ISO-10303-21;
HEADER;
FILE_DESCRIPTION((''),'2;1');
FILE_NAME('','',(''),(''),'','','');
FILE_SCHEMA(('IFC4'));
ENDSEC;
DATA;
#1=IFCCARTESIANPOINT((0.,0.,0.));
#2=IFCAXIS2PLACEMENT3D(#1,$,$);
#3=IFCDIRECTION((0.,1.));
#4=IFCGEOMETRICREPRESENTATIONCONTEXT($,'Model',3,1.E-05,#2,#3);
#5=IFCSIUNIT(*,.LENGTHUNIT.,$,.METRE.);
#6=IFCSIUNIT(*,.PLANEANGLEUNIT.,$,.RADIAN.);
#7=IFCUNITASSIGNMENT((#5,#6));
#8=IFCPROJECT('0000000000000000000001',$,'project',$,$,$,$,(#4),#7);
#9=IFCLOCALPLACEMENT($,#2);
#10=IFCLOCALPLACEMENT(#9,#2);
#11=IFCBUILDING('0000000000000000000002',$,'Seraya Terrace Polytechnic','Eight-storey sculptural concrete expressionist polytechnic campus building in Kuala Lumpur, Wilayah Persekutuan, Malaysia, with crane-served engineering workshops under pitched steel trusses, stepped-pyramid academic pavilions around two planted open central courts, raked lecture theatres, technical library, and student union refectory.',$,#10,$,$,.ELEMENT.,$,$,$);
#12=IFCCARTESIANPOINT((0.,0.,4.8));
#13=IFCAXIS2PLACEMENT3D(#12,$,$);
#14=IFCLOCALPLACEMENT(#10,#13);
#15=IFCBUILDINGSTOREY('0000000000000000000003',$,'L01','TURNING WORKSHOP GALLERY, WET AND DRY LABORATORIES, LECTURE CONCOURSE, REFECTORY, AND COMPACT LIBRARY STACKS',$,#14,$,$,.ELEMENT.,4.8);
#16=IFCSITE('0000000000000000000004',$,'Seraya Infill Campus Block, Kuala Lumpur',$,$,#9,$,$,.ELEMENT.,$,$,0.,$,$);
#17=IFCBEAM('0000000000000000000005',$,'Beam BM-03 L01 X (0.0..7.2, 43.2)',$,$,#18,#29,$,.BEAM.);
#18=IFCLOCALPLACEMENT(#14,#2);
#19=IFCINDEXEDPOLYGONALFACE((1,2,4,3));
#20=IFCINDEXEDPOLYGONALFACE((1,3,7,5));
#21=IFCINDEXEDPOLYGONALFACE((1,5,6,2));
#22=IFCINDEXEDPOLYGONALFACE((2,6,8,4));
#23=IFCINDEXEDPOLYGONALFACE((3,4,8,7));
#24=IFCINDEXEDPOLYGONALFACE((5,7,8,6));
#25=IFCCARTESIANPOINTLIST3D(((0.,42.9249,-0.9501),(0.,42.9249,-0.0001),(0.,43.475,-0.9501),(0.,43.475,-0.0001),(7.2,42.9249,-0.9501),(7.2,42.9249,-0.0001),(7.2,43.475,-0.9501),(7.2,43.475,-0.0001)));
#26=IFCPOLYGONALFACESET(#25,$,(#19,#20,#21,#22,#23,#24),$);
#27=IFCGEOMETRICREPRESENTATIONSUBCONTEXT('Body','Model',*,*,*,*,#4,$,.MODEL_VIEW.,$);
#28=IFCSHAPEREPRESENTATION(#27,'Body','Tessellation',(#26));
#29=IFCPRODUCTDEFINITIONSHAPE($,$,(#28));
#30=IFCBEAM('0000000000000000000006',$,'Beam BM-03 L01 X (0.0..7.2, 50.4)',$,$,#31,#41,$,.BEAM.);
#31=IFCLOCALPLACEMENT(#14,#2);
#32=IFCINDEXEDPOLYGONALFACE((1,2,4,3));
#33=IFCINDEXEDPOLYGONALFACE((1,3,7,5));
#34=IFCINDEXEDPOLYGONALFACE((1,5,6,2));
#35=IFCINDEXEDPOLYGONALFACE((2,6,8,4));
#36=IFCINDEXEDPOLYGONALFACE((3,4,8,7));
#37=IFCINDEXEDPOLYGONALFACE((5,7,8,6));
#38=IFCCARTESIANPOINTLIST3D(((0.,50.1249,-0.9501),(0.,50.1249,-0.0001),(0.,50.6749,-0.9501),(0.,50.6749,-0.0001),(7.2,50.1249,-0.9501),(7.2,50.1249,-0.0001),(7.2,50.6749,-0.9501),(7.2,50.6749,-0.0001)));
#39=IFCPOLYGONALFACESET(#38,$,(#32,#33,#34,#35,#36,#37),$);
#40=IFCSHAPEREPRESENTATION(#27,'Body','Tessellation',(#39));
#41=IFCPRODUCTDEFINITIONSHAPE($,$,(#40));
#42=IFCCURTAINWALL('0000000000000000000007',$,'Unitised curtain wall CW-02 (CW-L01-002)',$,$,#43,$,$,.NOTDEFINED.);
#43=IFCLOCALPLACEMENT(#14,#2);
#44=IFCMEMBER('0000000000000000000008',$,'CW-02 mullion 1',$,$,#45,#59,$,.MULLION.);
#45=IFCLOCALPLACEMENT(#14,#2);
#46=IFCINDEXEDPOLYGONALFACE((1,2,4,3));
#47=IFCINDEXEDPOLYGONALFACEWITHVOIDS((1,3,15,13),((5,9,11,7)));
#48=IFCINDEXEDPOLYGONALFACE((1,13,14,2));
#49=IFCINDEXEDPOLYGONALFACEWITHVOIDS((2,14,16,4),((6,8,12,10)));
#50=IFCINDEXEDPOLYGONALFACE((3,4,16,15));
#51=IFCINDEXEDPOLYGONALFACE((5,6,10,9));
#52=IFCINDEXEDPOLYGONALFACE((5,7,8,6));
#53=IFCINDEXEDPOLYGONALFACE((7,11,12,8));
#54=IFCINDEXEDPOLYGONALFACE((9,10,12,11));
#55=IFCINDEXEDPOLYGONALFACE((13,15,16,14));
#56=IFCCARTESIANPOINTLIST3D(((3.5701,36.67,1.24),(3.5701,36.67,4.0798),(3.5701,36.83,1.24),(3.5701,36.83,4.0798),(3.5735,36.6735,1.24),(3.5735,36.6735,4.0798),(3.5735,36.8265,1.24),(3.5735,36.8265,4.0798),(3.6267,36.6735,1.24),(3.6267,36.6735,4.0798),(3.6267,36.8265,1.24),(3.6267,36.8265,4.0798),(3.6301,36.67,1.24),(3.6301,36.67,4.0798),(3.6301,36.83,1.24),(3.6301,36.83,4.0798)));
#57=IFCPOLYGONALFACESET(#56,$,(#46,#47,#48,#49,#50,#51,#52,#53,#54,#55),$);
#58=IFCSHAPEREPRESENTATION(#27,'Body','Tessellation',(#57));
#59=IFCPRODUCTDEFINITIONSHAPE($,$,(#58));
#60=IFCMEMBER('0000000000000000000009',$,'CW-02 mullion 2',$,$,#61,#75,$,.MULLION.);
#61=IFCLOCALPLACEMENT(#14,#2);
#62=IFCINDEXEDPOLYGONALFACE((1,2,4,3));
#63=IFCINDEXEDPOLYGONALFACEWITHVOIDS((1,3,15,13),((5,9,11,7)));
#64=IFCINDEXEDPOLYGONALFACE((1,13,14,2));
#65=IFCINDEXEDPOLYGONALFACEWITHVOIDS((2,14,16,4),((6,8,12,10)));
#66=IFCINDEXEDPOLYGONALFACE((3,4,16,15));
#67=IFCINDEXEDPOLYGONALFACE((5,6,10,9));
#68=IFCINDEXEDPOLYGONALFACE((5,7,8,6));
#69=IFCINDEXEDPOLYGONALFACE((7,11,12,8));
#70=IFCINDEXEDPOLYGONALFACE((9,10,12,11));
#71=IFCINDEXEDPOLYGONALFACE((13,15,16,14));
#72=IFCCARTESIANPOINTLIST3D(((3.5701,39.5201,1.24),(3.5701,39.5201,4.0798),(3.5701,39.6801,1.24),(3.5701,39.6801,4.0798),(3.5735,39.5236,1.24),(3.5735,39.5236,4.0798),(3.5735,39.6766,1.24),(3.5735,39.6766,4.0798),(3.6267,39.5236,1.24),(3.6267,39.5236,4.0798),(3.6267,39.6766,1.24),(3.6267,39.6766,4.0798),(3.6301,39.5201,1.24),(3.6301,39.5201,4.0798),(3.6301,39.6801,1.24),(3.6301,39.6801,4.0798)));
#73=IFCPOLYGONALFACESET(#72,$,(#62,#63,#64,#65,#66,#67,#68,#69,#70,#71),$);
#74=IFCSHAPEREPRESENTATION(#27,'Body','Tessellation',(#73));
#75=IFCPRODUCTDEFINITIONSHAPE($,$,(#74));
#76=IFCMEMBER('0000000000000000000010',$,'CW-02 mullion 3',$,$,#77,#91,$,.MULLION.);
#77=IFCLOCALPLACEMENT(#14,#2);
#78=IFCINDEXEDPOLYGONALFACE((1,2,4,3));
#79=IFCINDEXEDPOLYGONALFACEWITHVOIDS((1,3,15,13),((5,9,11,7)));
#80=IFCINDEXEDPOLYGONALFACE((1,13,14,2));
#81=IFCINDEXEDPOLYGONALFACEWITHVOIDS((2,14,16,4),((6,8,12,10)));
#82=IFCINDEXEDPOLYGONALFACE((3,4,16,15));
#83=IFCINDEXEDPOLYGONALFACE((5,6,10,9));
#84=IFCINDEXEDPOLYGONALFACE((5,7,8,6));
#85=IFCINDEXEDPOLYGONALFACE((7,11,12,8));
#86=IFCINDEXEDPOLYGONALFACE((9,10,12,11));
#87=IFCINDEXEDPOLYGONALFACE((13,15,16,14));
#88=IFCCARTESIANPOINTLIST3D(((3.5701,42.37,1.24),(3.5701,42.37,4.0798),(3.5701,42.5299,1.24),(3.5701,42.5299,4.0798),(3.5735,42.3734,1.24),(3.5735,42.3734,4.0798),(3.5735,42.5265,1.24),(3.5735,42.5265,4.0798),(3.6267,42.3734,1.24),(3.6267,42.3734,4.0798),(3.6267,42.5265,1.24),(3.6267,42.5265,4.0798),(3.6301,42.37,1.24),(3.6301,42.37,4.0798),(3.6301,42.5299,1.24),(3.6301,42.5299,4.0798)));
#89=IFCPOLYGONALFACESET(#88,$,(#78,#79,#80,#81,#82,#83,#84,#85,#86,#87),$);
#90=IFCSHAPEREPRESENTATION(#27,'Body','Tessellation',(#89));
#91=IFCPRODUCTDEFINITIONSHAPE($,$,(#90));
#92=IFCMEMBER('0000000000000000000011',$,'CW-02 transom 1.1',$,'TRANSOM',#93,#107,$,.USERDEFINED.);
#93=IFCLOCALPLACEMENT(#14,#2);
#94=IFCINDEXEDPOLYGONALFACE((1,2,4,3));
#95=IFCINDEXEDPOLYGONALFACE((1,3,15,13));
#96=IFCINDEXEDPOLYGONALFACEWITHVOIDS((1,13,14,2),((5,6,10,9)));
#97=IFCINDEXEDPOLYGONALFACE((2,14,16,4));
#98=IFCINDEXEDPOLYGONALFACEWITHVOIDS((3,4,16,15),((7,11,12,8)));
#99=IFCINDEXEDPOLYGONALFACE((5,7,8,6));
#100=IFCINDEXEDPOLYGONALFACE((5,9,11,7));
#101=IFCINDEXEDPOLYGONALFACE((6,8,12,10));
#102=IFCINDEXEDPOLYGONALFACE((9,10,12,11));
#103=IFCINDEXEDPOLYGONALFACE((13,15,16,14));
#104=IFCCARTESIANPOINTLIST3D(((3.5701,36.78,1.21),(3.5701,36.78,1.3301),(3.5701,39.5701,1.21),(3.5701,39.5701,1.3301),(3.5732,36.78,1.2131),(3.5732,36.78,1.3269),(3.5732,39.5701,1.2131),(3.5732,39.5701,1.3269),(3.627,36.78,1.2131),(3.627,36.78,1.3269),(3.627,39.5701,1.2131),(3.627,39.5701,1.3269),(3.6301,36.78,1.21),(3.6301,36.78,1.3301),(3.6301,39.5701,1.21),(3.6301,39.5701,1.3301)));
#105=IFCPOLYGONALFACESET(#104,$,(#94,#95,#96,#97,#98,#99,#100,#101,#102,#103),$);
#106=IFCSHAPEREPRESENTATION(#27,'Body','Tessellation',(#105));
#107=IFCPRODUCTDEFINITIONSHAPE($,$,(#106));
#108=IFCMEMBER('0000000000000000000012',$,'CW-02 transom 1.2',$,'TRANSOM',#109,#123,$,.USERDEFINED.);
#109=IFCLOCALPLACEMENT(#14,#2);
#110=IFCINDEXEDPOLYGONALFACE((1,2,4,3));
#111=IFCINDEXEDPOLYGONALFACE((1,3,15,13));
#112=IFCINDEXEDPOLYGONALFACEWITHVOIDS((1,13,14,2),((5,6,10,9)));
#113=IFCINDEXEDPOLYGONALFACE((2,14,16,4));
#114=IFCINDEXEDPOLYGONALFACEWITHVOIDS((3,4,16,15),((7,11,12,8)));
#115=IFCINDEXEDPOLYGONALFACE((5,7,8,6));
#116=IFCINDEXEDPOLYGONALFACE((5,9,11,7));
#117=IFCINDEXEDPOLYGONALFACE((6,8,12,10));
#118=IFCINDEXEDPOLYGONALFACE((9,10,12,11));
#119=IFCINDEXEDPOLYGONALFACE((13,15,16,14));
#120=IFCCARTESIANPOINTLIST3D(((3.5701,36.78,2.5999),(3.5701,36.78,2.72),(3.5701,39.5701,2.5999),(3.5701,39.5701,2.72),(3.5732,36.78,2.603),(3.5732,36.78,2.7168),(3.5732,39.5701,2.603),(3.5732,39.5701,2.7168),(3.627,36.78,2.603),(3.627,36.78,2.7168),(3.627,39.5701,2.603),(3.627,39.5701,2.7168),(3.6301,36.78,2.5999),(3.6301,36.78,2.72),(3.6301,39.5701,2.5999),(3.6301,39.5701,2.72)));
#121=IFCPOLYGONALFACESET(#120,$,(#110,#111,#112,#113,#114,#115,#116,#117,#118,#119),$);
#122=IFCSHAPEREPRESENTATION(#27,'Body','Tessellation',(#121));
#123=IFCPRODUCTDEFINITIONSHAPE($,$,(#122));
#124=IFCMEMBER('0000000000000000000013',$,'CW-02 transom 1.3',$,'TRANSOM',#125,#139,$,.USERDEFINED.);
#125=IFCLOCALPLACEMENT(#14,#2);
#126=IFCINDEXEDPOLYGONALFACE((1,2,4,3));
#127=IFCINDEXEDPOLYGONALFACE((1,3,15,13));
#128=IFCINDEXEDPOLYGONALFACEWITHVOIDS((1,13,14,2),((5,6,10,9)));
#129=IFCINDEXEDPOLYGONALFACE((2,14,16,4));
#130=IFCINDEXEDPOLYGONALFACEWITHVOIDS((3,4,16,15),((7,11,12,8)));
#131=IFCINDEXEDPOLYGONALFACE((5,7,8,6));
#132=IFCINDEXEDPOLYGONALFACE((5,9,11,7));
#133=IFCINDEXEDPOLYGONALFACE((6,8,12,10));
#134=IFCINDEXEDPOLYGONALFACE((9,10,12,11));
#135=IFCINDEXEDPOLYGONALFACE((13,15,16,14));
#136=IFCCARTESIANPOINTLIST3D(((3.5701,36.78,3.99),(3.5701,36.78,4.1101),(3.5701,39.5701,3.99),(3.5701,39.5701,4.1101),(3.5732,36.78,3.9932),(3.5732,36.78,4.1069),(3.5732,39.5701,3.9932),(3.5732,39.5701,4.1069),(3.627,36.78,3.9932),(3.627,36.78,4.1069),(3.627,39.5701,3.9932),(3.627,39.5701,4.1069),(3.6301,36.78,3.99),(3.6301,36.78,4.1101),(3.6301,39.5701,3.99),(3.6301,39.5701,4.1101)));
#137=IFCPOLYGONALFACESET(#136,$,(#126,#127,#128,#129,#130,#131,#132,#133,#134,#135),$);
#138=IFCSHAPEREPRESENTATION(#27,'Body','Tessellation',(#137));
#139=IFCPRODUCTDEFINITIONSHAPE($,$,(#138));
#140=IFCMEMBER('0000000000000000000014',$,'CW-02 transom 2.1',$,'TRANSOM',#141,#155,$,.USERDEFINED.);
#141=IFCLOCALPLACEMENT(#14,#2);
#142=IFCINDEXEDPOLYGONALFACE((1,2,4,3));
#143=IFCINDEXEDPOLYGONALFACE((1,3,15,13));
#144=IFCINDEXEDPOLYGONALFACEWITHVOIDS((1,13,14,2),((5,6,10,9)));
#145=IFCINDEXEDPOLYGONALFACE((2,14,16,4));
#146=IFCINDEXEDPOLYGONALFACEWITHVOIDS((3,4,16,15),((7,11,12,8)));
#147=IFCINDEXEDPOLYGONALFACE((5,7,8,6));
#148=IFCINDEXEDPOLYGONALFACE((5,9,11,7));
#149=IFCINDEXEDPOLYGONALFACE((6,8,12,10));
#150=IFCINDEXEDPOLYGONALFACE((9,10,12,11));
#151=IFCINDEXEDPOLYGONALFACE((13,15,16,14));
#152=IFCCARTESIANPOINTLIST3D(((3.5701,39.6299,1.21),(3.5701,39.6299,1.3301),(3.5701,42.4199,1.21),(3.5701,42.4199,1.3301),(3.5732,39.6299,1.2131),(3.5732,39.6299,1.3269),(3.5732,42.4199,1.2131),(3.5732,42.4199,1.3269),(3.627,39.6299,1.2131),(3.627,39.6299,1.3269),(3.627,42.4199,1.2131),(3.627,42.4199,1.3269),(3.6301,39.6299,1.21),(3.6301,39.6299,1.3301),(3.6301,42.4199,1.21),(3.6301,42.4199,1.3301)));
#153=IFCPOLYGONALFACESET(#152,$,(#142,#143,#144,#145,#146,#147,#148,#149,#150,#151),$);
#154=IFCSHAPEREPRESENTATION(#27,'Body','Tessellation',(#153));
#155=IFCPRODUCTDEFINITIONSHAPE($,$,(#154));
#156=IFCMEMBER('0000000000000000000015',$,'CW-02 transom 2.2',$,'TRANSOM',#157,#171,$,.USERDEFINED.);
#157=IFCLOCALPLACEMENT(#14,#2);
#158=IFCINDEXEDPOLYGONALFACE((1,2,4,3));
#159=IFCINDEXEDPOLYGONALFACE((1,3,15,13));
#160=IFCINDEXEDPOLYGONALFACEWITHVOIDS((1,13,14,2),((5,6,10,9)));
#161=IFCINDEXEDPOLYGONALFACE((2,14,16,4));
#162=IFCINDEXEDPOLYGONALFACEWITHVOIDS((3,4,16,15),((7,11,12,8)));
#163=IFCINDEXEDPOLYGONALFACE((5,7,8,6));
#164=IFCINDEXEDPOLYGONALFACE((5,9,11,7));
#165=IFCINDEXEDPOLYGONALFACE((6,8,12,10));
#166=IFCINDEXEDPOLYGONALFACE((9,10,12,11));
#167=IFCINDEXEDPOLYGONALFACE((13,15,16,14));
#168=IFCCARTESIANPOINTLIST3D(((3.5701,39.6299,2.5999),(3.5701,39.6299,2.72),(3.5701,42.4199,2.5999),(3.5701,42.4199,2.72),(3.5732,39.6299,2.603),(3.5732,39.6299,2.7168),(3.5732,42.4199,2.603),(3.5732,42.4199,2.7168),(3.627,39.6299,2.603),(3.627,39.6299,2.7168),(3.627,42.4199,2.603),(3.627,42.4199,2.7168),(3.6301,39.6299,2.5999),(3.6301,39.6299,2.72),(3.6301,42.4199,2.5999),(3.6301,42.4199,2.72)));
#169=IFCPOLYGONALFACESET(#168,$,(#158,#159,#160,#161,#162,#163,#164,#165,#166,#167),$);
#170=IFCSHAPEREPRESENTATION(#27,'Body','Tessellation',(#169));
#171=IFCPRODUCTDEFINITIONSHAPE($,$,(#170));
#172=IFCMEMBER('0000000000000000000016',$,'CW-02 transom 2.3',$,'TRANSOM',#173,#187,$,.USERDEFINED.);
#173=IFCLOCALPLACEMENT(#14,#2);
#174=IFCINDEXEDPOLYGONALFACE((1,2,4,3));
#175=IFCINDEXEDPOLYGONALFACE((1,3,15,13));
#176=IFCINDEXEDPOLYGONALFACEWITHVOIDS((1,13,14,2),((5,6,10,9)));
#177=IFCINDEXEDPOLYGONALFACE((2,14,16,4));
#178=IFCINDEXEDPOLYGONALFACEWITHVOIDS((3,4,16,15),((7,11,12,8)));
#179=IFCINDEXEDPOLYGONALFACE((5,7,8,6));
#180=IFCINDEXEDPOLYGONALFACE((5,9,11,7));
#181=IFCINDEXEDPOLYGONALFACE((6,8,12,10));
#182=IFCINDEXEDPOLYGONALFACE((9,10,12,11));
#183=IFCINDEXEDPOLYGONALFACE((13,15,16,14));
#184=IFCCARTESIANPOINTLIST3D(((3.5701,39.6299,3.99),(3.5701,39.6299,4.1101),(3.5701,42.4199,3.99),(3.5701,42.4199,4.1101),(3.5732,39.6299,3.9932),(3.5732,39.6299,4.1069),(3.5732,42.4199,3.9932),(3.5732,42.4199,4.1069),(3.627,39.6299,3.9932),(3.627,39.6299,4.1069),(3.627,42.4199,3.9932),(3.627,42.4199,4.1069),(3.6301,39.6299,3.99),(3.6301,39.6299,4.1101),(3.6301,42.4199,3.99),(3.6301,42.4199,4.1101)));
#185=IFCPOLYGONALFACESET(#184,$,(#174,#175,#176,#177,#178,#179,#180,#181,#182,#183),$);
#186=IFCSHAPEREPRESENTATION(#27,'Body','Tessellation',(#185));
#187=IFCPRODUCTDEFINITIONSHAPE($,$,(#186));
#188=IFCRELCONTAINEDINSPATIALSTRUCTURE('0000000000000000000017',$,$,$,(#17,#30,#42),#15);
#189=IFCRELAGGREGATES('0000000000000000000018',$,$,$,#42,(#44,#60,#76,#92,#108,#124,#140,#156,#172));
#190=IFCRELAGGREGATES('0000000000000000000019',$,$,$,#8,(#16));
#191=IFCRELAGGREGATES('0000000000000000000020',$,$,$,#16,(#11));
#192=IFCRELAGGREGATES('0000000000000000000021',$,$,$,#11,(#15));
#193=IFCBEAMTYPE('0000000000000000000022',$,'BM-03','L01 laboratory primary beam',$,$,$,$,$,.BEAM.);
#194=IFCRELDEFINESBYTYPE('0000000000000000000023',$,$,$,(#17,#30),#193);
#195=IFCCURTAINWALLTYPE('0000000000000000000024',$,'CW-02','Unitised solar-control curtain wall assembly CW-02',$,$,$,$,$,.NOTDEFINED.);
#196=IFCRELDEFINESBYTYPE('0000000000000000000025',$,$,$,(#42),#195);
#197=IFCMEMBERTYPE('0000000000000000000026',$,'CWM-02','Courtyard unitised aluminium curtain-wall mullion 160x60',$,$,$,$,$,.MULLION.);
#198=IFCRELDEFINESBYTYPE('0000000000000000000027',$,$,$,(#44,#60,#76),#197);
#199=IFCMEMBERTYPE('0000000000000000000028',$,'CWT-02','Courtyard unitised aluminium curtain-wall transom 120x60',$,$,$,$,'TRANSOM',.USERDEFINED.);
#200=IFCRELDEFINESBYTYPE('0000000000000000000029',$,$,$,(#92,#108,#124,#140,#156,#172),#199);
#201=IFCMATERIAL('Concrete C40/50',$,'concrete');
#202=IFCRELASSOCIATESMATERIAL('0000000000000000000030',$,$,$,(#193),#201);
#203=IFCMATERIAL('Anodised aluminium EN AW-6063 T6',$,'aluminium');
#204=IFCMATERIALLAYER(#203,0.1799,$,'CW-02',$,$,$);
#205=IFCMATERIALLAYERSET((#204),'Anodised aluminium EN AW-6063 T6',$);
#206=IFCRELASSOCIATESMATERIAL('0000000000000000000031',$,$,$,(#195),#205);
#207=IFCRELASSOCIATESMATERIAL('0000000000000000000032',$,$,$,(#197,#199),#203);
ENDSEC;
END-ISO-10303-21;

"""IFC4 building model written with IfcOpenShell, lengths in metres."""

from ifc_helpers import new_model, si_unit, direction, frame, origin, origin_2d, place, context, subcontext, project, spatial, rectangle, hollow_rectangle, extrude, material, layer, layer_set, material_profile, profile_set, type_object, element, aggregate, save


model = new_model("IFC4")

# Units and contexts
model_context = context("Model", 3, precision=1e-05, world=origin(), true_north=direction((0.0, 1.0)))
body_context = subcontext(model_context, "Body", "Model", "MODEL_VIEW")
ifc_project = project(units=[si_unit("LENGTHUNIT", "METRE"), si_unit("PLANEANGLEUNIT", "RADIAN")], contexts=[model_context])

# Site, building, storey
site_placement = place(None, origin())
site = spatial("IfcSite", under=ifc_project, at=site_placement, Name="Seraya Infill Campus Block, Kuala Lumpur", CompositionType="ELEMENT", RefElevation=0.0)
building_placement = place(site_placement, origin())
building = spatial("IfcBuilding", under=site, at=building_placement, Name="Seraya Terrace Polytechnic", Description="Eight-storey sculptural concrete expressionist polytechnic campus building in Kuala Lumpur, Wilayah Persekutuan, Malaysia, with crane-served engineering workshops under pitched steel trusses, stepped-pyramid academic pavilions around two planted open central courts, raked lecture theatres, technical library, and student union refectory.", CompositionType="ELEMENT")
storey_placement = place(building_placement, frame((0.0, 0.0, 4.8)))
storey = spatial("IfcBuildingStorey", under=building, at=storey_placement, Name="L01", Description="TURNING WORKSHOP GALLERY, WET AND DRY LABORATORIES, LECTURE CONCOURSE, REFECTORY, AND COMPACT LIBRARY STACKS", CompositionType="ELEMENT", Elevation=4.8)

# Beams
ifc_material_1 = material(Name="Concrete C40/50", Category="concrete")
ifc_material_profile_1 = material_profile(ifc_material_1, rectangle(XDim=0.55, YDim=0.95, at=origin_2d()), Name="RC 550x950")
ifc_profile_set_1 = profile_set([ifc_material_profile_1], Name="Concrete C40/50")
beam_type_1 = type_object("IfcBeamType", Name="BM-03", Description="L01 laboratory primary beam", PredefinedType="BEAM", material=ifc_profile_set_1)
for number, where, z_axis, x_axis, name in (
    (1, (0.0, 43.2, -0.4751), (1.0, 0.0, 0.0), (0.0, 1.0, 0.0), "Beam BM-03 L01 X (0.0..7.2, 43.2)"),
    (2, (0.0, 50.3999, -0.4751), (1.0, 0.0, 0.0), (0.0, 1.0, 0.0), "Beam BM-03 L01 X (0.0..7.2, 50.4)"),
):
    element("IfcBeam", number, at=place(storey_placement, frame(where, z_axis=z_axis, x_axis=x_axis)), inside=storey, type_object=beam_type_1, Name=name, PredefinedType="BEAM", context=body_context, shape_type="SweptSolid", body=[
        extrude(rectangle(XDim=0.55, YDim=0.95, at=origin_2d()), origin(), (0.0, 0.0, 1.0), 7.2),
    ])

# Curtain wall, members
ifc_material_2 = material(Name="Anodised aluminium EN AW-6063 T6", Category="aluminium")
ifc_layer_1 = layer(ifc_material_2, 0.1799, Name="CW-02")
ifc_layer_set_1 = layer_set([ifc_layer_1], Name="Anodised aluminium EN AW-6063 T6")
curtain_wall_type = type_object("IfcCurtainWallType", Name="CW-02", Description="Unitised solar-control curtain wall assembly CW-02", PredefinedType="NOTDEFINED", material=ifc_layer_set_1)
curtain_wall_placement = place(storey_placement, origin())
curtain_wall = element("IfcCurtainWall", 3, at=curtain_wall_placement, inside=storey, type_object=curtain_wall_type, Name="Unitised curtain wall CW-02 (CW-L01-002)", PredefinedType="NOTDEFINED")
ifc_material_profile_2 = material_profile(ifc_material_2, hollow_rectangle(XDim=0.0601, YDim=0.1599, WallThickness=0.0034, at=origin_2d()), Name="RHS 160x60x3.5")
ifc_profile_set_2 = profile_set([ifc_material_profile_2], Name="Anodised aluminium EN AW-6063 T6")
member_type_1 = type_object("IfcMemberType", Name="CWM-02", Description="Courtyard unitised aluminium curtain-wall mullion 160x60", PredefinedType="MULLION", material=ifc_profile_set_2)
member_1_placement = place(storey_placement, frame((3.6001, 36.75, 1.24), z_axis=(0.0, 0.0, 1.0), x_axis=(-1.0, 0.0, 0.0)))
member_1 = element("IfcMember", 4, at=member_1_placement, type_object=member_type_1, Name="CW-02 mullion 1", PredefinedType="MULLION", context=body_context, shape_type="SweptSolid", body=[
    extrude(hollow_rectangle(XDim=0.0601, YDim=0.1599, WallThickness=0.0034, at=origin_2d()), origin(), (0.0, 0.0, 1.0), 2.8398),
])
member_2_placement = place(storey_placement, frame((3.6001, 39.6001, 1.24), z_axis=(0.0, 0.0, 1.0), x_axis=(-1.0, 0.0, 0.0)))
member_2 = element("IfcMember", 5, at=member_2_placement, type_object=member_type_1, Name="CW-02 mullion 2", PredefinedType="MULLION", context=body_context, shape_type="SweptSolid", body=[
    extrude(hollow_rectangle(XDim=0.0601, YDim=0.1599, WallThickness=0.0034, at=origin_2d()), origin(), (0.0, 0.0, 1.0), 2.8398),
])
member_3_placement = place(storey_placement, frame((3.6001, 42.45, 1.24), z_axis=(0.0, 0.0, 1.0), x_axis=(-1.0, 0.0, 0.0)))
member_3 = element("IfcMember", 6, at=member_3_placement, type_object=member_type_1, Name="CW-02 mullion 3", PredefinedType="MULLION", context=body_context, shape_type="SweptSolid", body=[
    extrude(hollow_rectangle(XDim=0.0601, YDim=0.1599, WallThickness=0.0034, at=origin_2d()), origin(), (0.0, 0.0, 1.0), 2.8398),
])
ifc_material_profile_3 = material_profile(ifc_material_2, hollow_rectangle(XDim=0.0601, YDim=0.1201, WallThickness=0.0032, at=origin_2d()), Name="RHS 120x60x3.2")
ifc_profile_set_3 = profile_set([ifc_material_profile_3], Name="Anodised aluminium EN AW-6063 T6")
member_type_2 = type_object("IfcMemberType", Name="CWT-02", Description="Courtyard unitised aluminium curtain-wall transom 120x60", ElementType="TRANSOM", PredefinedType="USERDEFINED", material=ifc_profile_set_3)
member_4_placement = place(storey_placement, frame((3.6001, 36.78, 1.27), z_axis=(0.0, 1.0, 0.0), x_axis=(-1.0, 0.0, 0.0)))
member_4 = element("IfcMember", 7, at=member_4_placement, type_object=member_type_2, Name="CW-02 transom 1.1", ObjectType="TRANSOM", PredefinedType="USERDEFINED", context=body_context, shape_type="SweptSolid", body=[
    extrude(hollow_rectangle(XDim=0.0601, YDim=0.1201, WallThickness=0.0032, at=origin_2d()), origin(), (0.0, 0.0, 1.0), 2.79),
])
member_5_placement = place(storey_placement, frame((3.6001, 36.78, 2.6599), z_axis=(0.0, 1.0, 0.0), x_axis=(-1.0, 0.0, 0.0)))
member_5 = element("IfcMember", 8, at=member_5_placement, type_object=member_type_2, Name="CW-02 transom 1.2", ObjectType="TRANSOM", PredefinedType="USERDEFINED", context=body_context, shape_type="SweptSolid", body=[
    extrude(hollow_rectangle(XDim=0.0601, YDim=0.1201, WallThickness=0.0032, at=origin_2d()), origin(), (0.0, 0.0, 1.0), 2.79),
])
member_6_placement = place(storey_placement, frame((3.6001, 36.78, 4.05), z_axis=(0.0, 1.0, 0.0), x_axis=(-1.0, 0.0, 0.0)))
member_6 = element("IfcMember", 9, at=member_6_placement, type_object=member_type_2, Name="CW-02 transom 1.3", ObjectType="TRANSOM", PredefinedType="USERDEFINED", context=body_context, shape_type="SweptSolid", body=[
    extrude(hollow_rectangle(XDim=0.0601, YDim=0.1201, WallThickness=0.0032, at=origin_2d()), origin(), (0.0, 0.0, 1.0), 2.79),
])
member_7_placement = place(storey_placement, frame((3.6001, 39.6299, 1.27), z_axis=(0.0, 1.0, 0.0), x_axis=(-1.0, 0.0, 0.0)))
member_7 = element("IfcMember", 10, at=member_7_placement, type_object=member_type_2, Name="CW-02 transom 2.1", ObjectType="TRANSOM", PredefinedType="USERDEFINED", context=body_context, shape_type="SweptSolid", body=[
    extrude(hollow_rectangle(XDim=0.0601, YDim=0.1201, WallThickness=0.0032, at=origin_2d()), origin(), (0.0, 0.0, 1.0), 2.79),
])
member_8_placement = place(storey_placement, frame((3.6001, 39.6299, 2.6599), z_axis=(0.0, 1.0, 0.0), x_axis=(-1.0, 0.0, 0.0)))
member_8 = element("IfcMember", 11, at=member_8_placement, type_object=member_type_2, Name="CW-02 transom 2.2", ObjectType="TRANSOM", PredefinedType="USERDEFINED", context=body_context, shape_type="SweptSolid", body=[
    extrude(hollow_rectangle(XDim=0.0601, YDim=0.1201, WallThickness=0.0032, at=origin_2d()), origin(), (0.0, 0.0, 1.0), 2.79),
])
member_9_placement = place(storey_placement, frame((3.6001, 39.6299, 4.05), z_axis=(0.0, 1.0, 0.0), x_axis=(-1.0, 0.0, 0.0)))
member_9 = element("IfcMember", 12, at=member_9_placement, type_object=member_type_2, Name="CW-02 transom 2.3", ObjectType="TRANSOM", PredefinedType="USERDEFINED", context=body_context, shape_type="SweptSolid", body=[
    extrude(hollow_rectangle(XDim=0.0601, YDim=0.1201, WallThickness=0.0032, at=origin_2d()), origin(), (0.0, 0.0, 1.0), 2.79),
])

aggregate(curtain_wall, [member_1, member_2, member_3, member_4, member_5, member_6, member_7, member_8, member_9])

save(model, "model.ifc")
